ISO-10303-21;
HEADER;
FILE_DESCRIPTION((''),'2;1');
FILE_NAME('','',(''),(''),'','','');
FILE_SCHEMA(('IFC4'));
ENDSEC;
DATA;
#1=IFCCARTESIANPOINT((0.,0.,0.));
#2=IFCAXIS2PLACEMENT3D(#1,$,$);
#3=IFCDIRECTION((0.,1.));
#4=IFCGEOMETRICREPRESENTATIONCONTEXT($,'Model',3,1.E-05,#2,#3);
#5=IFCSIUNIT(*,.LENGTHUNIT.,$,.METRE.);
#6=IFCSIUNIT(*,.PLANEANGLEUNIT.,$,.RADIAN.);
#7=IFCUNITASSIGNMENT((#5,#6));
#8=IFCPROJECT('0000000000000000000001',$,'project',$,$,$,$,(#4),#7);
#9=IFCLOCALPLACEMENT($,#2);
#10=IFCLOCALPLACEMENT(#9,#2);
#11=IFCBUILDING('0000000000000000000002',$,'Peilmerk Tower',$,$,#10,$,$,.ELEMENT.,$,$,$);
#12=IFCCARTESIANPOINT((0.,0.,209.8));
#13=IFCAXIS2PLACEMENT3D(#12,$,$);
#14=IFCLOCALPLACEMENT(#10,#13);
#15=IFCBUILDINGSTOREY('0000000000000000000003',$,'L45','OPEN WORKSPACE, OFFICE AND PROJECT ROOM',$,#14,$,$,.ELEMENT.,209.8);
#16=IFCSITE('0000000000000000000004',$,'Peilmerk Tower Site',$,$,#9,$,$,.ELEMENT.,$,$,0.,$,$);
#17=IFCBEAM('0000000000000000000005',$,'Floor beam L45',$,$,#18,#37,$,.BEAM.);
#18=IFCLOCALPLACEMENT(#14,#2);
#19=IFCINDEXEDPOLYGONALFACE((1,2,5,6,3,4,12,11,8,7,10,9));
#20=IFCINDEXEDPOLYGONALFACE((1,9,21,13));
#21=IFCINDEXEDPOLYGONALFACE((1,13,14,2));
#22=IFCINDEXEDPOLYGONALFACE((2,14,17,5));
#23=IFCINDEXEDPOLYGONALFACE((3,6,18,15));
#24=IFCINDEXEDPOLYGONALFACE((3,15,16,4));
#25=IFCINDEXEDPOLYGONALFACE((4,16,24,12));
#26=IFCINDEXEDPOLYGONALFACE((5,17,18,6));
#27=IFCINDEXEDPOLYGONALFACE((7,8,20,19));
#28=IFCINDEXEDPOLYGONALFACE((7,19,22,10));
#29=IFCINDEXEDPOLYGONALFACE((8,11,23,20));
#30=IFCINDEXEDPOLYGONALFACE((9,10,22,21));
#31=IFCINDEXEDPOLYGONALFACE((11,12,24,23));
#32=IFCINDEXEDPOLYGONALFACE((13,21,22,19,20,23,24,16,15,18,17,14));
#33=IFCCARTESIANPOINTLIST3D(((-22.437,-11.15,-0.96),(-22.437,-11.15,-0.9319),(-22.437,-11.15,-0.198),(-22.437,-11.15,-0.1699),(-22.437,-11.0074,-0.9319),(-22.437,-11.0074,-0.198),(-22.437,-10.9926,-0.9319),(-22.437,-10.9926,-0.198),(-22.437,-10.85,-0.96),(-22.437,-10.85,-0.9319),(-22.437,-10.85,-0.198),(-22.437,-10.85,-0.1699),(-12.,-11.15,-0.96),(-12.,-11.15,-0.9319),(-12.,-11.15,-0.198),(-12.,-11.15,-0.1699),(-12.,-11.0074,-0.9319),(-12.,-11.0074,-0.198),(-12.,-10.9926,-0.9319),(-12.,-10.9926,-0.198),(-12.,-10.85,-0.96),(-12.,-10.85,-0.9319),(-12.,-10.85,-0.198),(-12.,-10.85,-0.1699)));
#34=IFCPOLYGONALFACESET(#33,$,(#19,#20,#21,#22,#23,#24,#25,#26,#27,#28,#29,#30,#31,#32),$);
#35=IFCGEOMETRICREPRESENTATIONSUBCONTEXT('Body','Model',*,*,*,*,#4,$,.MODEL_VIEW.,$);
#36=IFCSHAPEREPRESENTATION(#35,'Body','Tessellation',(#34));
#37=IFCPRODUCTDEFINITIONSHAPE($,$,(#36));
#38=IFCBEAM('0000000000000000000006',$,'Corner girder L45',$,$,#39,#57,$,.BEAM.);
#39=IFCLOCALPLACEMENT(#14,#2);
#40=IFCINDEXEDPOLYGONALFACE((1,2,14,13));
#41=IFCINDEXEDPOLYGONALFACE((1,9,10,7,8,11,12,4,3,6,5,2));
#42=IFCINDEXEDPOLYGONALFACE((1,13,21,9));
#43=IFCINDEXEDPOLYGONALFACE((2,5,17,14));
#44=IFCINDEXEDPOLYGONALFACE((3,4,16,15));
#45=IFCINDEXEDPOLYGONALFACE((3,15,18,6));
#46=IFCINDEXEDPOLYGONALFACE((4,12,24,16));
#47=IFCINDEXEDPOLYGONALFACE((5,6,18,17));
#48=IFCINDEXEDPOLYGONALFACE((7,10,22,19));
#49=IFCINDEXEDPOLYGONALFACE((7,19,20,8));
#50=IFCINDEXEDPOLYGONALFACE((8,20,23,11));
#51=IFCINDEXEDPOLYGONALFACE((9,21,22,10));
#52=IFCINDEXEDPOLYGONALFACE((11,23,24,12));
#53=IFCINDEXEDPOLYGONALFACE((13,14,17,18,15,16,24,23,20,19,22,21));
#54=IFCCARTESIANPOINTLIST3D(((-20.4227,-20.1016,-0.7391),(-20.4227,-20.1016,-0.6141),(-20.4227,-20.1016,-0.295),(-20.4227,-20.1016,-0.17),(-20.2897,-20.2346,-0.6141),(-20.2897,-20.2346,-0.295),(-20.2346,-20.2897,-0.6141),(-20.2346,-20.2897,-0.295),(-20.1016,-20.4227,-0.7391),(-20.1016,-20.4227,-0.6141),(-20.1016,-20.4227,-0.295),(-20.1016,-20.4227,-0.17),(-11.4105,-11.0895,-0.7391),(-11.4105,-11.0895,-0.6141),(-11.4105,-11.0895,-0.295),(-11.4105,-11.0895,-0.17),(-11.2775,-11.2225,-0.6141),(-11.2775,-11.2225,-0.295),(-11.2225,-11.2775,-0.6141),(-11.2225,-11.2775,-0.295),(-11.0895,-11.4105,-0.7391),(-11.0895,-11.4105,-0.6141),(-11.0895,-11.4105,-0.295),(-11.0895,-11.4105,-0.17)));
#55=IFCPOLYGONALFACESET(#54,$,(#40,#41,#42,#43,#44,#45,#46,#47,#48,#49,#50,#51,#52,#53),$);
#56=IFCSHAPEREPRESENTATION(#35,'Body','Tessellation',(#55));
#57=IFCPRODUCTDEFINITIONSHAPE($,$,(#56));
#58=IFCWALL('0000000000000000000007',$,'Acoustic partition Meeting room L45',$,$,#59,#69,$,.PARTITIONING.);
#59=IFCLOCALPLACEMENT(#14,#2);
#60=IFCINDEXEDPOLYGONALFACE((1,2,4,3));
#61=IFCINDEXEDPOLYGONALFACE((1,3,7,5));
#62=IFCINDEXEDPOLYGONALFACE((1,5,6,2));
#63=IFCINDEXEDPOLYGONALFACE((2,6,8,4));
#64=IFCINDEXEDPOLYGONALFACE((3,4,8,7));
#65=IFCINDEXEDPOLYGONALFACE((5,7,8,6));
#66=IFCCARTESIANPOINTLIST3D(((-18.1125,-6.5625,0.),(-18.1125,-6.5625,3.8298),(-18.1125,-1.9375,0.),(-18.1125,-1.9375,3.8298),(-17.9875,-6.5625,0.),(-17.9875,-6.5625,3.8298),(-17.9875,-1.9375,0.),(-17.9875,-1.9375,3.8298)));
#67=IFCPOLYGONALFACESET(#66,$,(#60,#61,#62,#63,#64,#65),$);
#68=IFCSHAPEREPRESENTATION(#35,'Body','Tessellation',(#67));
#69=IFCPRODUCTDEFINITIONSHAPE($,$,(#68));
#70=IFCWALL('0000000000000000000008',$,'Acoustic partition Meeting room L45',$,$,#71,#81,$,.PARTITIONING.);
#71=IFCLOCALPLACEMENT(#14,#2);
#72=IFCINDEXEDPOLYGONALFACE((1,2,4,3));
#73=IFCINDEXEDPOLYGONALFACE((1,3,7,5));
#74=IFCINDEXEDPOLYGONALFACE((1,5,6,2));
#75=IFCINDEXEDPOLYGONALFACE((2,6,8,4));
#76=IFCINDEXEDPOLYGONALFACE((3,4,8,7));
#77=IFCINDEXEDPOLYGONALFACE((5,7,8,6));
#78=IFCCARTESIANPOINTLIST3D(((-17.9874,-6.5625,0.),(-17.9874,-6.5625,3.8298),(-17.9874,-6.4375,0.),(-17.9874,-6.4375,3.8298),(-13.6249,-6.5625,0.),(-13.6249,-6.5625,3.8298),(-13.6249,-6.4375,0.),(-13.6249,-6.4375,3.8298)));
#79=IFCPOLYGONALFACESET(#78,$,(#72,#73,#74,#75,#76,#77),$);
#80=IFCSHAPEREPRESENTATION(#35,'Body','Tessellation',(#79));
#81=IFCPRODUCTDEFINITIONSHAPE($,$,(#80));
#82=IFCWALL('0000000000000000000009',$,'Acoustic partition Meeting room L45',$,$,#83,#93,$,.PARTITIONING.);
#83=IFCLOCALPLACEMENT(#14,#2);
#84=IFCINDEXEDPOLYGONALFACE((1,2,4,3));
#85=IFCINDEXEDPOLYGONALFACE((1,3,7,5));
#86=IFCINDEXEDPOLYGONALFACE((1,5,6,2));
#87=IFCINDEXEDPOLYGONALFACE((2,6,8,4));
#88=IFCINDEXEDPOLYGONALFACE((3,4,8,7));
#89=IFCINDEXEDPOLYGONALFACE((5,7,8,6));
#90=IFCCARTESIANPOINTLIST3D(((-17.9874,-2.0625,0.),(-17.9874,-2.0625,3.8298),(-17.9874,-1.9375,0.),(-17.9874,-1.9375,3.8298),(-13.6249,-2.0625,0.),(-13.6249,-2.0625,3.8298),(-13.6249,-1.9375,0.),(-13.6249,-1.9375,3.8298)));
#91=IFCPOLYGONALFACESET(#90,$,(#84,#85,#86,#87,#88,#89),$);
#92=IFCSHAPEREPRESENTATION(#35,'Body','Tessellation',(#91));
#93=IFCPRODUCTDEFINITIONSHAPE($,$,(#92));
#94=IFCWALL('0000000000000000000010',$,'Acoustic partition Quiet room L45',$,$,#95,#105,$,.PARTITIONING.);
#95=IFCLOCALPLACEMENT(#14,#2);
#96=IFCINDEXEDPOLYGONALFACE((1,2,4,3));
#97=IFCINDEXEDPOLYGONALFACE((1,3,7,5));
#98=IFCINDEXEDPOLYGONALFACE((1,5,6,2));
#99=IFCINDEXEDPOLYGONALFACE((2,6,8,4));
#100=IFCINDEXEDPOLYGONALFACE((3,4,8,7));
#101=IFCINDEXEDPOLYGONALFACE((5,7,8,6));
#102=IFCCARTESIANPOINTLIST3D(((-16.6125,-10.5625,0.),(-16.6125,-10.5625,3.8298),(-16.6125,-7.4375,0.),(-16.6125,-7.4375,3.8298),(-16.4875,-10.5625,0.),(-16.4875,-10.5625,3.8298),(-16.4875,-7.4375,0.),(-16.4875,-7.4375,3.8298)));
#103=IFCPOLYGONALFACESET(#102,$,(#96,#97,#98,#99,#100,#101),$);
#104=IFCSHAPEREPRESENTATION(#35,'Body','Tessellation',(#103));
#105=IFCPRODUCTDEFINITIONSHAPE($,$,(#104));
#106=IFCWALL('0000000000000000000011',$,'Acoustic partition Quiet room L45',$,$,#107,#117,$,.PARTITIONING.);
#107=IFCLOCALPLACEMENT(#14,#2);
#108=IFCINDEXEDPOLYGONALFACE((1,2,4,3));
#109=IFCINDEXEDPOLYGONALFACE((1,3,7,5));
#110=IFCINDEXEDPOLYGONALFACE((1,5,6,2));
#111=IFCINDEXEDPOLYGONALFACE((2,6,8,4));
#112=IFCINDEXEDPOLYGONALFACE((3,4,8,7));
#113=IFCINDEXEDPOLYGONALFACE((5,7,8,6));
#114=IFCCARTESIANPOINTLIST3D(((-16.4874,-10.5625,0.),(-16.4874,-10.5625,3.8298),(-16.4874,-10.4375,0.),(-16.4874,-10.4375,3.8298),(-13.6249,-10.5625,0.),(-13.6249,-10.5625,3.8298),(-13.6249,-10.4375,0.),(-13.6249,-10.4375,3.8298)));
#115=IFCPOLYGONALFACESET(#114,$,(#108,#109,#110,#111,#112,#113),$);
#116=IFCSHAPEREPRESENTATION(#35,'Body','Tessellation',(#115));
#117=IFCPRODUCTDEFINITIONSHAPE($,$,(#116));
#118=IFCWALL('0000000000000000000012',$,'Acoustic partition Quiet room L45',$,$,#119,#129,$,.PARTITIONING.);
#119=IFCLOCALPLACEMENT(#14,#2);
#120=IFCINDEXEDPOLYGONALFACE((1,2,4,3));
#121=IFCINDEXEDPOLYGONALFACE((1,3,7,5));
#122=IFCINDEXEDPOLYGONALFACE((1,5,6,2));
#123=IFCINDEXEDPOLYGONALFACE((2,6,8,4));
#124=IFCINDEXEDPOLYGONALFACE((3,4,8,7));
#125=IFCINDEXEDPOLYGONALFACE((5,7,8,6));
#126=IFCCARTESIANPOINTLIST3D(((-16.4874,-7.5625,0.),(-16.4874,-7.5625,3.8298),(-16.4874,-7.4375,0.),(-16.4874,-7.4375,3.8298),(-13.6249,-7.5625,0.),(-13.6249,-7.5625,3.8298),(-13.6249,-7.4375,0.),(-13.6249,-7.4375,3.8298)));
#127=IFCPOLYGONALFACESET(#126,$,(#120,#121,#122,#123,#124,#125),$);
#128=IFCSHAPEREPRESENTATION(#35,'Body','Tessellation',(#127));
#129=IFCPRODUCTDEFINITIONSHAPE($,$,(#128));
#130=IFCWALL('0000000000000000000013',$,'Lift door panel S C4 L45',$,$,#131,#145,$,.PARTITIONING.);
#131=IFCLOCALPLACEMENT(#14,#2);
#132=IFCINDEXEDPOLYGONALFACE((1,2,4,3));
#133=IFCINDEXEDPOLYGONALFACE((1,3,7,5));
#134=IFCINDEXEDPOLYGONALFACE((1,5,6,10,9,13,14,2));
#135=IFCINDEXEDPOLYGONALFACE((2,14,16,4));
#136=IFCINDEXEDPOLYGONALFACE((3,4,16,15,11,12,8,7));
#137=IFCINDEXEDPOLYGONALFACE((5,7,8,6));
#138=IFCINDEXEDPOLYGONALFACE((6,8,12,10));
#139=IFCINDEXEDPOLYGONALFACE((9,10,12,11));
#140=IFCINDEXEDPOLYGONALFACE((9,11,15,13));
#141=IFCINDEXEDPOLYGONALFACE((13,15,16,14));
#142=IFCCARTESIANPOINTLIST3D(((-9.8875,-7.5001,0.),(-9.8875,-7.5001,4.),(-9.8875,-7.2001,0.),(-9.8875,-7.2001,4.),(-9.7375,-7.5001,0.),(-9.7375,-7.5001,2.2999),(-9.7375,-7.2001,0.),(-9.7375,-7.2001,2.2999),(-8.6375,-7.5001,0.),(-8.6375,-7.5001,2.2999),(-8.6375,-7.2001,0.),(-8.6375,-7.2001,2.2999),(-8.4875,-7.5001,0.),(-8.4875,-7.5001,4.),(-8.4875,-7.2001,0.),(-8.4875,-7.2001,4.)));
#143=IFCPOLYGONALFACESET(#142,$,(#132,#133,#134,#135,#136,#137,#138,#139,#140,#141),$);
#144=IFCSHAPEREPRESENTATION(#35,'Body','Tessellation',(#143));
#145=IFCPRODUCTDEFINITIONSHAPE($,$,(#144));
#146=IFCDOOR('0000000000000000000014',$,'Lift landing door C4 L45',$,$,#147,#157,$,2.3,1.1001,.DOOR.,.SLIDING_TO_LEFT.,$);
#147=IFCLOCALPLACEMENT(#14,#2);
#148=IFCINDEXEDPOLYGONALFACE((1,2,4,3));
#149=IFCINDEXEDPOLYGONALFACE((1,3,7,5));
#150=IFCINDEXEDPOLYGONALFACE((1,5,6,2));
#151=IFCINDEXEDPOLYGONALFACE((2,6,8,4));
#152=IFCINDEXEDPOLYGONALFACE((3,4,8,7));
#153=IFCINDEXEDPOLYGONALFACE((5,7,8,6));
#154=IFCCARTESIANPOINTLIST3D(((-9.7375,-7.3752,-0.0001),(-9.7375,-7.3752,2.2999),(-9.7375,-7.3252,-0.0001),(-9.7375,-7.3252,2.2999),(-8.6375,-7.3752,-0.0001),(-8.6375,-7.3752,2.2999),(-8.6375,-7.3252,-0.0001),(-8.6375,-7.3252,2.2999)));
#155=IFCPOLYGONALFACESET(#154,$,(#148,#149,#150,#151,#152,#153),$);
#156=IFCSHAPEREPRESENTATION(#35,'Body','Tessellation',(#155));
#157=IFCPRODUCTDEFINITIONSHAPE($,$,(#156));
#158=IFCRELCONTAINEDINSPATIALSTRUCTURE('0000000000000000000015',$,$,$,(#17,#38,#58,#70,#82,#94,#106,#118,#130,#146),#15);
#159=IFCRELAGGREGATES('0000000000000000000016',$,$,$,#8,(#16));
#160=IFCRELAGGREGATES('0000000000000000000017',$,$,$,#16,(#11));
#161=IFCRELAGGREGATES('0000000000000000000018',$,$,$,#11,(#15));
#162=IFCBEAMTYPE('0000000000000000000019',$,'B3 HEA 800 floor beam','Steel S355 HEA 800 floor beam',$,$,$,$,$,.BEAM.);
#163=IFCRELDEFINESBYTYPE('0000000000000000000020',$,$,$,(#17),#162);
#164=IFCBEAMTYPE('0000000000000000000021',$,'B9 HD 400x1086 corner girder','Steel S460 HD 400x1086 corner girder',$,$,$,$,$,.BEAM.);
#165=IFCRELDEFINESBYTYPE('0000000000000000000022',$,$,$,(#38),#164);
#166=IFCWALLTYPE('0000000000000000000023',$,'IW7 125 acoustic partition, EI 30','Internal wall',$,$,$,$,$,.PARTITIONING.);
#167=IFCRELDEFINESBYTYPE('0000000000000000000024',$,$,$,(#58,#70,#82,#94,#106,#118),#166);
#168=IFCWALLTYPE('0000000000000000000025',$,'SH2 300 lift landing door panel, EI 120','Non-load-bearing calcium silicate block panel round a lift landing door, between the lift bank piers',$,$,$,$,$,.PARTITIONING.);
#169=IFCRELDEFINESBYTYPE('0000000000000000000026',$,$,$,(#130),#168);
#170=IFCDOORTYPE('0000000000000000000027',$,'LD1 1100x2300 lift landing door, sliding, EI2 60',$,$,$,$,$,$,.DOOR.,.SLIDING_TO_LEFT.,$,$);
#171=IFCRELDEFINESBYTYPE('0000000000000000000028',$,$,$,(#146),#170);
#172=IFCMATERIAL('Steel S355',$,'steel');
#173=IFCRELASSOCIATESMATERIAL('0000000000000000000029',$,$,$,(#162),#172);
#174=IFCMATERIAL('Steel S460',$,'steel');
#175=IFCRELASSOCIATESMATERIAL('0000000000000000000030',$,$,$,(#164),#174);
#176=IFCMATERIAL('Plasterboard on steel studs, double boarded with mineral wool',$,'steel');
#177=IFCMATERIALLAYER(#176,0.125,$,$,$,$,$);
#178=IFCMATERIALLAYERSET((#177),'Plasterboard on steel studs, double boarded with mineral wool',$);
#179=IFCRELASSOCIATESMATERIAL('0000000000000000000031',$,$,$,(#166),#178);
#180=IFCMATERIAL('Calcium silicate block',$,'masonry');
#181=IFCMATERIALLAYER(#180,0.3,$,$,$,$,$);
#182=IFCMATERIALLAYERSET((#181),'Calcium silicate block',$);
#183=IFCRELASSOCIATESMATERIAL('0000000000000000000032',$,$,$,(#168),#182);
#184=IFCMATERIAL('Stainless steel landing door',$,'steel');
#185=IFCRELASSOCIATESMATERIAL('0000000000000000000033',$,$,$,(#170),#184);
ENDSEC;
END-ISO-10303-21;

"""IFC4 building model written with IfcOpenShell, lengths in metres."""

from ifc_helpers import new_model, si_unit, direction, frame, frame_2d, origin, origin_2d, place, context, subcontext, project, spatial, rectangle, i_section, extrude, material, layer, layer_set, material_profile, profile_set, type_object, element, fill, save


model = new_model("IFC4")

# Units and contexts
model_context = context("Model", 3, precision=1e-05, world=origin(), true_north=direction((0.0, 1.0)))
body_context = subcontext(model_context, "Body", "Model", "MODEL_VIEW")
ifc_project = project(units=[si_unit("LENGTHUNIT", "METRE"), si_unit("PLANEANGLEUNIT", "RADIAN")], contexts=[model_context])

# Site, building, storey
site_placement = place(None, origin())
site = spatial("IfcSite", under=ifc_project, at=site_placement, Name="Peilmerk Tower Site", CompositionType="ELEMENT", RefElevation=0.0)
building_placement = place(site_placement, origin())
building = spatial("IfcBuilding", under=site, at=building_placement, Name="Peilmerk Tower", CompositionType="ELEMENT")
storey_placement = place(building_placement, frame((0.0, 0.0, 209.8)))
storey = spatial("IfcBuildingStorey", under=building, at=storey_placement, Name="L45", Description="OPEN WORKSPACE, OFFICE AND PROJECT ROOM", CompositionType="ELEMENT", Elevation=209.8)

# Shared definitions
ifc_material_1 = material(Name="Steel S460", Category="steel")

# Beams
ifc_material_2 = material(Name="Steel S355", Category="steel")
ifc_material_profile_1 = material_profile(ifc_material_2, i_section(OverallWidth=0.3, OverallDepth=0.79, WebThickness=0.0149, FlangeThickness=0.0281, at=origin_2d()), Name="HEA 800")
ifc_profile_set_1 = profile_set([ifc_material_profile_1], Name="Steel S355")
beam_type_1 = type_object("IfcBeamType", Name="B3 HEA 800 floor beam", Description="Steel S355 HEA 800 floor beam", PredefinedType="BEAM", material=ifc_profile_set_1)
for number, where, z_axis, x_axis, name in (
    (1, (-12.0, -11.0, -0.5649), (-1.0, 0.0, 0.0), (0.0, -1.0, 0.0), "Floor beam L45"),
):
    element("IfcBeam", number, at=place(storey_placement, frame(where, z_axis=z_axis, x_axis=x_axis)), inside=storey, type_object=beam_type_1, Name=name, PredefinedType="BEAM", context=body_context, shape_type="SweptSolid", body=[
        extrude(i_section(OverallWidth=0.3, OverallDepth=0.79, WebThickness=0.0149, FlangeThickness=0.0281, at=origin_2d()), origin(), (0.0, 0.0, 1.0), 10.437),
    ])
ifc_material_profile_2 = material_profile(ifc_material_1, i_section(OverallWidth=0.4541, OverallDepth=0.5691, WebThickness=0.0779, FlangeThickness=0.125, at=origin_2d()), Name="HD 400x1086")
ifc_profile_set_2 = profile_set([ifc_material_profile_2], Name="Steel S460")
beam_type_2 = type_object("IfcBeamType", Name="B9 HD 400x1086 corner girder", Description="Steel S460 HD 400x1086 corner girder", PredefinedType="BEAM", material=ifc_profile_set_2)
beam_1_placement = place(storey_placement, frame((-11.25, -11.25, -0.4546), z_axis=(-0.707107, -0.707107, 0.0), x_axis=(0.707107, -0.707107, 0.0)))
element("IfcBeam", 2, at=beam_1_placement, inside=storey, type_object=beam_type_2, Name="Corner girder L45", PredefinedType="BEAM", context=body_context, shape_type="SweptSolid", body=[
    extrude(i_section(OverallWidth=0.4541, OverallDepth=0.5691, WebThickness=0.0779, FlangeThickness=0.125, at=origin_2d()), origin(), (0.0, 0.0, 1.0), 12.7451),
])

# Walls
ifc_material_3 = material(Name="Plasterboard on steel studs, double boarded with mineral wool", Category="steel")
ifc_layer_1 = layer(ifc_material_3, 0.125)
ifc_layer_set_1 = layer_set([ifc_layer_1], Name="Plasterboard on steel studs, double boarded with mineral wool")
wall_type_1 = type_object("IfcWallType", Name="IW7 125 acoustic partition, EI 30", Description="Internal wall", PredefinedType="PARTITIONING", material=ifc_layer_set_1)
wall_1_placement = place(storey_placement, frame((-18.05, -6.5625, 0.0), z_axis=(0.0, 0.0, 1.0), x_axis=(0.0, 1.0, 0.0)))
element("IfcWall", 3, at=wall_1_placement, inside=storey, type_object=wall_type_1, Name="Acoustic partition Meeting room L45", PredefinedType="PARTITIONING", context=body_context, shape_type="SweptSolid", body=[
    extrude(rectangle(XDim=4.625, YDim=0.125, at=frame_2d((2.3125, 0.0))), origin(), (0.0, 0.0, 1.0), 3.8298),
])
for number, where, z_axis, x_axis, name in (
    (4, (-13.625, -6.5, 0.0), (0.0, 0.0, 1.0), (-1.0, 0.0, 0.0), "Acoustic partition Meeting room L45"),
    (5, (-13.625, -2.0, 0.0), (0.0, 0.0, 1.0), (-1.0, 0.0, 0.0), "Acoustic partition Meeting room L45"),
):
    element("IfcWall", number, at=place(storey_placement, frame(where, z_axis=z_axis, x_axis=x_axis)), inside=storey, type_object=wall_type_1, Name=name, PredefinedType="PARTITIONING", context=body_context, shape_type="SweptSolid", body=[
        extrude(rectangle(XDim=4.3625, YDim=0.125, at=frame_2d((2.1812, 0.0))), origin(), (0.0, 0.0, 1.0), 3.8298),
    ])
wall_2_placement = place(storey_placement, frame((-16.55, -10.5625, 0.0), z_axis=(0.0, 0.0, 1.0), x_axis=(0.0, 1.0, 0.0)))
element("IfcWall", 6, at=wall_2_placement, inside=storey, type_object=wall_type_1, Name="Acoustic partition Quiet room L45", PredefinedType="PARTITIONING", context=body_context, shape_type="SweptSolid", body=[
    extrude(rectangle(XDim=3.125, YDim=0.125, at=frame_2d((1.5625, 0.0))), origin(), (0.0, 0.0, 1.0), 3.8298),
])
for number, where, z_axis, x_axis, name in (
    (7, (-13.625, -10.5, 0.0), (0.0, 0.0, 1.0), (-1.0, 0.0, 0.0), "Acoustic partition Quiet room L45"),
    (8, (-13.625, -7.5, 0.0), (0.0, 0.0, 1.0), (-1.0, 0.0, 0.0), "Acoustic partition Quiet room L45"),
):
    element("IfcWall", number, at=place(storey_placement, frame(where, z_axis=z_axis, x_axis=x_axis)), inside=storey, type_object=wall_type_1, Name=name, PredefinedType="PARTITIONING", context=body_context, shape_type="SweptSolid", body=[
        extrude(rectangle(XDim=2.8625, YDim=0.125, at=frame_2d((1.4312, 0.0))), origin(), (0.0, 0.0, 1.0), 3.8298),
    ])

# Wall, opening, door
ifc_material_4 = material(Name="Calcium silicate block", Category="masonry")
ifc_layer_2 = layer(ifc_material_4, 0.3)
ifc_layer_set_2 = layer_set([ifc_layer_2], Name="Calcium silicate block")
wall_type_2 = type_object("IfcWallType", Name="SH2 300 lift landing door panel, EI 120", Description="Non-load-bearing calcium silicate block panel round a lift landing door, between the lift bank piers", PredefinedType="PARTITIONING", material=ifc_layer_set_2)
wall_3_placement = place(storey_placement, frame((-9.8875, -7.3501, 0.0), z_axis=(0.0, 0.0, 1.0), x_axis=(1.0, 0.0, 0.0)))
wall_3 = element("IfcWall", 9, at=wall_3_placement, inside=storey, type_object=wall_type_2, Name="Lift door panel S C4 L45", PredefinedType="PARTITIONING", context=body_context, shape_type="SweptSolid", body=[
    extrude(rectangle(XDim=1.3999, YDim=0.3, at=frame_2d((0.7, 0.0))), origin(), (0.0, 0.0, 1.0), 4.0),
])
opening_1_placement = place(wall_3_placement, frame((0.1499, 0.0, 0.0)))
opening_1 = element("IfcOpeningElement", 10, at=opening_1_placement, cuts=wall_3, PredefinedType="OPENING", context=body_context, shape_type="SweptSolid", body=[
    extrude(rectangle(XDim=1.1001, YDim=2.3, at=frame_2d((0.55, 1.1499))), frame((0.0, 0.1599, 0.0), z_axis=(0.0, -1.0, 0.0), x_axis=(1.0, 0.0, 0.0)), (0.0, 0.0, 1.0), 0.3201),
])
ifc_material_5 = material(Name="Stainless steel landing door", Category="steel")
door_type_1 = type_object("IfcDoorType", Name="LD1 1100x2300 lift landing door, sliding, EI2 60", OperationType="SLIDING_TO_LEFT", PredefinedType="DOOR", material=ifc_material_5)
door_1_placement = place(opening_1_placement, origin())
door_1 = element("IfcDoor", 11, at=door_1_placement, inside=storey, type_object=door_type_1, Name="Lift landing door C4 L45", OperationType="SLIDING_TO_LEFT", OverallHeight=2.3, OverallWidth=1.1001, PredefinedType="DOOR", context=body_context, shape_type="SweptSolid", body=[
    extrude(rectangle(XDim=1.1001, YDim=2.3, at=frame_2d((0.55, 1.1499))), frame((0.0, 0.0249, 0.0), z_axis=(0.0, -1.0, 0.0), x_axis=(1.0, 0.0, 0.0)), (0.0, 0.0, 1.0), 0.05),
])
fill(opening_1, door_1)

save(model, "model.ifc")
